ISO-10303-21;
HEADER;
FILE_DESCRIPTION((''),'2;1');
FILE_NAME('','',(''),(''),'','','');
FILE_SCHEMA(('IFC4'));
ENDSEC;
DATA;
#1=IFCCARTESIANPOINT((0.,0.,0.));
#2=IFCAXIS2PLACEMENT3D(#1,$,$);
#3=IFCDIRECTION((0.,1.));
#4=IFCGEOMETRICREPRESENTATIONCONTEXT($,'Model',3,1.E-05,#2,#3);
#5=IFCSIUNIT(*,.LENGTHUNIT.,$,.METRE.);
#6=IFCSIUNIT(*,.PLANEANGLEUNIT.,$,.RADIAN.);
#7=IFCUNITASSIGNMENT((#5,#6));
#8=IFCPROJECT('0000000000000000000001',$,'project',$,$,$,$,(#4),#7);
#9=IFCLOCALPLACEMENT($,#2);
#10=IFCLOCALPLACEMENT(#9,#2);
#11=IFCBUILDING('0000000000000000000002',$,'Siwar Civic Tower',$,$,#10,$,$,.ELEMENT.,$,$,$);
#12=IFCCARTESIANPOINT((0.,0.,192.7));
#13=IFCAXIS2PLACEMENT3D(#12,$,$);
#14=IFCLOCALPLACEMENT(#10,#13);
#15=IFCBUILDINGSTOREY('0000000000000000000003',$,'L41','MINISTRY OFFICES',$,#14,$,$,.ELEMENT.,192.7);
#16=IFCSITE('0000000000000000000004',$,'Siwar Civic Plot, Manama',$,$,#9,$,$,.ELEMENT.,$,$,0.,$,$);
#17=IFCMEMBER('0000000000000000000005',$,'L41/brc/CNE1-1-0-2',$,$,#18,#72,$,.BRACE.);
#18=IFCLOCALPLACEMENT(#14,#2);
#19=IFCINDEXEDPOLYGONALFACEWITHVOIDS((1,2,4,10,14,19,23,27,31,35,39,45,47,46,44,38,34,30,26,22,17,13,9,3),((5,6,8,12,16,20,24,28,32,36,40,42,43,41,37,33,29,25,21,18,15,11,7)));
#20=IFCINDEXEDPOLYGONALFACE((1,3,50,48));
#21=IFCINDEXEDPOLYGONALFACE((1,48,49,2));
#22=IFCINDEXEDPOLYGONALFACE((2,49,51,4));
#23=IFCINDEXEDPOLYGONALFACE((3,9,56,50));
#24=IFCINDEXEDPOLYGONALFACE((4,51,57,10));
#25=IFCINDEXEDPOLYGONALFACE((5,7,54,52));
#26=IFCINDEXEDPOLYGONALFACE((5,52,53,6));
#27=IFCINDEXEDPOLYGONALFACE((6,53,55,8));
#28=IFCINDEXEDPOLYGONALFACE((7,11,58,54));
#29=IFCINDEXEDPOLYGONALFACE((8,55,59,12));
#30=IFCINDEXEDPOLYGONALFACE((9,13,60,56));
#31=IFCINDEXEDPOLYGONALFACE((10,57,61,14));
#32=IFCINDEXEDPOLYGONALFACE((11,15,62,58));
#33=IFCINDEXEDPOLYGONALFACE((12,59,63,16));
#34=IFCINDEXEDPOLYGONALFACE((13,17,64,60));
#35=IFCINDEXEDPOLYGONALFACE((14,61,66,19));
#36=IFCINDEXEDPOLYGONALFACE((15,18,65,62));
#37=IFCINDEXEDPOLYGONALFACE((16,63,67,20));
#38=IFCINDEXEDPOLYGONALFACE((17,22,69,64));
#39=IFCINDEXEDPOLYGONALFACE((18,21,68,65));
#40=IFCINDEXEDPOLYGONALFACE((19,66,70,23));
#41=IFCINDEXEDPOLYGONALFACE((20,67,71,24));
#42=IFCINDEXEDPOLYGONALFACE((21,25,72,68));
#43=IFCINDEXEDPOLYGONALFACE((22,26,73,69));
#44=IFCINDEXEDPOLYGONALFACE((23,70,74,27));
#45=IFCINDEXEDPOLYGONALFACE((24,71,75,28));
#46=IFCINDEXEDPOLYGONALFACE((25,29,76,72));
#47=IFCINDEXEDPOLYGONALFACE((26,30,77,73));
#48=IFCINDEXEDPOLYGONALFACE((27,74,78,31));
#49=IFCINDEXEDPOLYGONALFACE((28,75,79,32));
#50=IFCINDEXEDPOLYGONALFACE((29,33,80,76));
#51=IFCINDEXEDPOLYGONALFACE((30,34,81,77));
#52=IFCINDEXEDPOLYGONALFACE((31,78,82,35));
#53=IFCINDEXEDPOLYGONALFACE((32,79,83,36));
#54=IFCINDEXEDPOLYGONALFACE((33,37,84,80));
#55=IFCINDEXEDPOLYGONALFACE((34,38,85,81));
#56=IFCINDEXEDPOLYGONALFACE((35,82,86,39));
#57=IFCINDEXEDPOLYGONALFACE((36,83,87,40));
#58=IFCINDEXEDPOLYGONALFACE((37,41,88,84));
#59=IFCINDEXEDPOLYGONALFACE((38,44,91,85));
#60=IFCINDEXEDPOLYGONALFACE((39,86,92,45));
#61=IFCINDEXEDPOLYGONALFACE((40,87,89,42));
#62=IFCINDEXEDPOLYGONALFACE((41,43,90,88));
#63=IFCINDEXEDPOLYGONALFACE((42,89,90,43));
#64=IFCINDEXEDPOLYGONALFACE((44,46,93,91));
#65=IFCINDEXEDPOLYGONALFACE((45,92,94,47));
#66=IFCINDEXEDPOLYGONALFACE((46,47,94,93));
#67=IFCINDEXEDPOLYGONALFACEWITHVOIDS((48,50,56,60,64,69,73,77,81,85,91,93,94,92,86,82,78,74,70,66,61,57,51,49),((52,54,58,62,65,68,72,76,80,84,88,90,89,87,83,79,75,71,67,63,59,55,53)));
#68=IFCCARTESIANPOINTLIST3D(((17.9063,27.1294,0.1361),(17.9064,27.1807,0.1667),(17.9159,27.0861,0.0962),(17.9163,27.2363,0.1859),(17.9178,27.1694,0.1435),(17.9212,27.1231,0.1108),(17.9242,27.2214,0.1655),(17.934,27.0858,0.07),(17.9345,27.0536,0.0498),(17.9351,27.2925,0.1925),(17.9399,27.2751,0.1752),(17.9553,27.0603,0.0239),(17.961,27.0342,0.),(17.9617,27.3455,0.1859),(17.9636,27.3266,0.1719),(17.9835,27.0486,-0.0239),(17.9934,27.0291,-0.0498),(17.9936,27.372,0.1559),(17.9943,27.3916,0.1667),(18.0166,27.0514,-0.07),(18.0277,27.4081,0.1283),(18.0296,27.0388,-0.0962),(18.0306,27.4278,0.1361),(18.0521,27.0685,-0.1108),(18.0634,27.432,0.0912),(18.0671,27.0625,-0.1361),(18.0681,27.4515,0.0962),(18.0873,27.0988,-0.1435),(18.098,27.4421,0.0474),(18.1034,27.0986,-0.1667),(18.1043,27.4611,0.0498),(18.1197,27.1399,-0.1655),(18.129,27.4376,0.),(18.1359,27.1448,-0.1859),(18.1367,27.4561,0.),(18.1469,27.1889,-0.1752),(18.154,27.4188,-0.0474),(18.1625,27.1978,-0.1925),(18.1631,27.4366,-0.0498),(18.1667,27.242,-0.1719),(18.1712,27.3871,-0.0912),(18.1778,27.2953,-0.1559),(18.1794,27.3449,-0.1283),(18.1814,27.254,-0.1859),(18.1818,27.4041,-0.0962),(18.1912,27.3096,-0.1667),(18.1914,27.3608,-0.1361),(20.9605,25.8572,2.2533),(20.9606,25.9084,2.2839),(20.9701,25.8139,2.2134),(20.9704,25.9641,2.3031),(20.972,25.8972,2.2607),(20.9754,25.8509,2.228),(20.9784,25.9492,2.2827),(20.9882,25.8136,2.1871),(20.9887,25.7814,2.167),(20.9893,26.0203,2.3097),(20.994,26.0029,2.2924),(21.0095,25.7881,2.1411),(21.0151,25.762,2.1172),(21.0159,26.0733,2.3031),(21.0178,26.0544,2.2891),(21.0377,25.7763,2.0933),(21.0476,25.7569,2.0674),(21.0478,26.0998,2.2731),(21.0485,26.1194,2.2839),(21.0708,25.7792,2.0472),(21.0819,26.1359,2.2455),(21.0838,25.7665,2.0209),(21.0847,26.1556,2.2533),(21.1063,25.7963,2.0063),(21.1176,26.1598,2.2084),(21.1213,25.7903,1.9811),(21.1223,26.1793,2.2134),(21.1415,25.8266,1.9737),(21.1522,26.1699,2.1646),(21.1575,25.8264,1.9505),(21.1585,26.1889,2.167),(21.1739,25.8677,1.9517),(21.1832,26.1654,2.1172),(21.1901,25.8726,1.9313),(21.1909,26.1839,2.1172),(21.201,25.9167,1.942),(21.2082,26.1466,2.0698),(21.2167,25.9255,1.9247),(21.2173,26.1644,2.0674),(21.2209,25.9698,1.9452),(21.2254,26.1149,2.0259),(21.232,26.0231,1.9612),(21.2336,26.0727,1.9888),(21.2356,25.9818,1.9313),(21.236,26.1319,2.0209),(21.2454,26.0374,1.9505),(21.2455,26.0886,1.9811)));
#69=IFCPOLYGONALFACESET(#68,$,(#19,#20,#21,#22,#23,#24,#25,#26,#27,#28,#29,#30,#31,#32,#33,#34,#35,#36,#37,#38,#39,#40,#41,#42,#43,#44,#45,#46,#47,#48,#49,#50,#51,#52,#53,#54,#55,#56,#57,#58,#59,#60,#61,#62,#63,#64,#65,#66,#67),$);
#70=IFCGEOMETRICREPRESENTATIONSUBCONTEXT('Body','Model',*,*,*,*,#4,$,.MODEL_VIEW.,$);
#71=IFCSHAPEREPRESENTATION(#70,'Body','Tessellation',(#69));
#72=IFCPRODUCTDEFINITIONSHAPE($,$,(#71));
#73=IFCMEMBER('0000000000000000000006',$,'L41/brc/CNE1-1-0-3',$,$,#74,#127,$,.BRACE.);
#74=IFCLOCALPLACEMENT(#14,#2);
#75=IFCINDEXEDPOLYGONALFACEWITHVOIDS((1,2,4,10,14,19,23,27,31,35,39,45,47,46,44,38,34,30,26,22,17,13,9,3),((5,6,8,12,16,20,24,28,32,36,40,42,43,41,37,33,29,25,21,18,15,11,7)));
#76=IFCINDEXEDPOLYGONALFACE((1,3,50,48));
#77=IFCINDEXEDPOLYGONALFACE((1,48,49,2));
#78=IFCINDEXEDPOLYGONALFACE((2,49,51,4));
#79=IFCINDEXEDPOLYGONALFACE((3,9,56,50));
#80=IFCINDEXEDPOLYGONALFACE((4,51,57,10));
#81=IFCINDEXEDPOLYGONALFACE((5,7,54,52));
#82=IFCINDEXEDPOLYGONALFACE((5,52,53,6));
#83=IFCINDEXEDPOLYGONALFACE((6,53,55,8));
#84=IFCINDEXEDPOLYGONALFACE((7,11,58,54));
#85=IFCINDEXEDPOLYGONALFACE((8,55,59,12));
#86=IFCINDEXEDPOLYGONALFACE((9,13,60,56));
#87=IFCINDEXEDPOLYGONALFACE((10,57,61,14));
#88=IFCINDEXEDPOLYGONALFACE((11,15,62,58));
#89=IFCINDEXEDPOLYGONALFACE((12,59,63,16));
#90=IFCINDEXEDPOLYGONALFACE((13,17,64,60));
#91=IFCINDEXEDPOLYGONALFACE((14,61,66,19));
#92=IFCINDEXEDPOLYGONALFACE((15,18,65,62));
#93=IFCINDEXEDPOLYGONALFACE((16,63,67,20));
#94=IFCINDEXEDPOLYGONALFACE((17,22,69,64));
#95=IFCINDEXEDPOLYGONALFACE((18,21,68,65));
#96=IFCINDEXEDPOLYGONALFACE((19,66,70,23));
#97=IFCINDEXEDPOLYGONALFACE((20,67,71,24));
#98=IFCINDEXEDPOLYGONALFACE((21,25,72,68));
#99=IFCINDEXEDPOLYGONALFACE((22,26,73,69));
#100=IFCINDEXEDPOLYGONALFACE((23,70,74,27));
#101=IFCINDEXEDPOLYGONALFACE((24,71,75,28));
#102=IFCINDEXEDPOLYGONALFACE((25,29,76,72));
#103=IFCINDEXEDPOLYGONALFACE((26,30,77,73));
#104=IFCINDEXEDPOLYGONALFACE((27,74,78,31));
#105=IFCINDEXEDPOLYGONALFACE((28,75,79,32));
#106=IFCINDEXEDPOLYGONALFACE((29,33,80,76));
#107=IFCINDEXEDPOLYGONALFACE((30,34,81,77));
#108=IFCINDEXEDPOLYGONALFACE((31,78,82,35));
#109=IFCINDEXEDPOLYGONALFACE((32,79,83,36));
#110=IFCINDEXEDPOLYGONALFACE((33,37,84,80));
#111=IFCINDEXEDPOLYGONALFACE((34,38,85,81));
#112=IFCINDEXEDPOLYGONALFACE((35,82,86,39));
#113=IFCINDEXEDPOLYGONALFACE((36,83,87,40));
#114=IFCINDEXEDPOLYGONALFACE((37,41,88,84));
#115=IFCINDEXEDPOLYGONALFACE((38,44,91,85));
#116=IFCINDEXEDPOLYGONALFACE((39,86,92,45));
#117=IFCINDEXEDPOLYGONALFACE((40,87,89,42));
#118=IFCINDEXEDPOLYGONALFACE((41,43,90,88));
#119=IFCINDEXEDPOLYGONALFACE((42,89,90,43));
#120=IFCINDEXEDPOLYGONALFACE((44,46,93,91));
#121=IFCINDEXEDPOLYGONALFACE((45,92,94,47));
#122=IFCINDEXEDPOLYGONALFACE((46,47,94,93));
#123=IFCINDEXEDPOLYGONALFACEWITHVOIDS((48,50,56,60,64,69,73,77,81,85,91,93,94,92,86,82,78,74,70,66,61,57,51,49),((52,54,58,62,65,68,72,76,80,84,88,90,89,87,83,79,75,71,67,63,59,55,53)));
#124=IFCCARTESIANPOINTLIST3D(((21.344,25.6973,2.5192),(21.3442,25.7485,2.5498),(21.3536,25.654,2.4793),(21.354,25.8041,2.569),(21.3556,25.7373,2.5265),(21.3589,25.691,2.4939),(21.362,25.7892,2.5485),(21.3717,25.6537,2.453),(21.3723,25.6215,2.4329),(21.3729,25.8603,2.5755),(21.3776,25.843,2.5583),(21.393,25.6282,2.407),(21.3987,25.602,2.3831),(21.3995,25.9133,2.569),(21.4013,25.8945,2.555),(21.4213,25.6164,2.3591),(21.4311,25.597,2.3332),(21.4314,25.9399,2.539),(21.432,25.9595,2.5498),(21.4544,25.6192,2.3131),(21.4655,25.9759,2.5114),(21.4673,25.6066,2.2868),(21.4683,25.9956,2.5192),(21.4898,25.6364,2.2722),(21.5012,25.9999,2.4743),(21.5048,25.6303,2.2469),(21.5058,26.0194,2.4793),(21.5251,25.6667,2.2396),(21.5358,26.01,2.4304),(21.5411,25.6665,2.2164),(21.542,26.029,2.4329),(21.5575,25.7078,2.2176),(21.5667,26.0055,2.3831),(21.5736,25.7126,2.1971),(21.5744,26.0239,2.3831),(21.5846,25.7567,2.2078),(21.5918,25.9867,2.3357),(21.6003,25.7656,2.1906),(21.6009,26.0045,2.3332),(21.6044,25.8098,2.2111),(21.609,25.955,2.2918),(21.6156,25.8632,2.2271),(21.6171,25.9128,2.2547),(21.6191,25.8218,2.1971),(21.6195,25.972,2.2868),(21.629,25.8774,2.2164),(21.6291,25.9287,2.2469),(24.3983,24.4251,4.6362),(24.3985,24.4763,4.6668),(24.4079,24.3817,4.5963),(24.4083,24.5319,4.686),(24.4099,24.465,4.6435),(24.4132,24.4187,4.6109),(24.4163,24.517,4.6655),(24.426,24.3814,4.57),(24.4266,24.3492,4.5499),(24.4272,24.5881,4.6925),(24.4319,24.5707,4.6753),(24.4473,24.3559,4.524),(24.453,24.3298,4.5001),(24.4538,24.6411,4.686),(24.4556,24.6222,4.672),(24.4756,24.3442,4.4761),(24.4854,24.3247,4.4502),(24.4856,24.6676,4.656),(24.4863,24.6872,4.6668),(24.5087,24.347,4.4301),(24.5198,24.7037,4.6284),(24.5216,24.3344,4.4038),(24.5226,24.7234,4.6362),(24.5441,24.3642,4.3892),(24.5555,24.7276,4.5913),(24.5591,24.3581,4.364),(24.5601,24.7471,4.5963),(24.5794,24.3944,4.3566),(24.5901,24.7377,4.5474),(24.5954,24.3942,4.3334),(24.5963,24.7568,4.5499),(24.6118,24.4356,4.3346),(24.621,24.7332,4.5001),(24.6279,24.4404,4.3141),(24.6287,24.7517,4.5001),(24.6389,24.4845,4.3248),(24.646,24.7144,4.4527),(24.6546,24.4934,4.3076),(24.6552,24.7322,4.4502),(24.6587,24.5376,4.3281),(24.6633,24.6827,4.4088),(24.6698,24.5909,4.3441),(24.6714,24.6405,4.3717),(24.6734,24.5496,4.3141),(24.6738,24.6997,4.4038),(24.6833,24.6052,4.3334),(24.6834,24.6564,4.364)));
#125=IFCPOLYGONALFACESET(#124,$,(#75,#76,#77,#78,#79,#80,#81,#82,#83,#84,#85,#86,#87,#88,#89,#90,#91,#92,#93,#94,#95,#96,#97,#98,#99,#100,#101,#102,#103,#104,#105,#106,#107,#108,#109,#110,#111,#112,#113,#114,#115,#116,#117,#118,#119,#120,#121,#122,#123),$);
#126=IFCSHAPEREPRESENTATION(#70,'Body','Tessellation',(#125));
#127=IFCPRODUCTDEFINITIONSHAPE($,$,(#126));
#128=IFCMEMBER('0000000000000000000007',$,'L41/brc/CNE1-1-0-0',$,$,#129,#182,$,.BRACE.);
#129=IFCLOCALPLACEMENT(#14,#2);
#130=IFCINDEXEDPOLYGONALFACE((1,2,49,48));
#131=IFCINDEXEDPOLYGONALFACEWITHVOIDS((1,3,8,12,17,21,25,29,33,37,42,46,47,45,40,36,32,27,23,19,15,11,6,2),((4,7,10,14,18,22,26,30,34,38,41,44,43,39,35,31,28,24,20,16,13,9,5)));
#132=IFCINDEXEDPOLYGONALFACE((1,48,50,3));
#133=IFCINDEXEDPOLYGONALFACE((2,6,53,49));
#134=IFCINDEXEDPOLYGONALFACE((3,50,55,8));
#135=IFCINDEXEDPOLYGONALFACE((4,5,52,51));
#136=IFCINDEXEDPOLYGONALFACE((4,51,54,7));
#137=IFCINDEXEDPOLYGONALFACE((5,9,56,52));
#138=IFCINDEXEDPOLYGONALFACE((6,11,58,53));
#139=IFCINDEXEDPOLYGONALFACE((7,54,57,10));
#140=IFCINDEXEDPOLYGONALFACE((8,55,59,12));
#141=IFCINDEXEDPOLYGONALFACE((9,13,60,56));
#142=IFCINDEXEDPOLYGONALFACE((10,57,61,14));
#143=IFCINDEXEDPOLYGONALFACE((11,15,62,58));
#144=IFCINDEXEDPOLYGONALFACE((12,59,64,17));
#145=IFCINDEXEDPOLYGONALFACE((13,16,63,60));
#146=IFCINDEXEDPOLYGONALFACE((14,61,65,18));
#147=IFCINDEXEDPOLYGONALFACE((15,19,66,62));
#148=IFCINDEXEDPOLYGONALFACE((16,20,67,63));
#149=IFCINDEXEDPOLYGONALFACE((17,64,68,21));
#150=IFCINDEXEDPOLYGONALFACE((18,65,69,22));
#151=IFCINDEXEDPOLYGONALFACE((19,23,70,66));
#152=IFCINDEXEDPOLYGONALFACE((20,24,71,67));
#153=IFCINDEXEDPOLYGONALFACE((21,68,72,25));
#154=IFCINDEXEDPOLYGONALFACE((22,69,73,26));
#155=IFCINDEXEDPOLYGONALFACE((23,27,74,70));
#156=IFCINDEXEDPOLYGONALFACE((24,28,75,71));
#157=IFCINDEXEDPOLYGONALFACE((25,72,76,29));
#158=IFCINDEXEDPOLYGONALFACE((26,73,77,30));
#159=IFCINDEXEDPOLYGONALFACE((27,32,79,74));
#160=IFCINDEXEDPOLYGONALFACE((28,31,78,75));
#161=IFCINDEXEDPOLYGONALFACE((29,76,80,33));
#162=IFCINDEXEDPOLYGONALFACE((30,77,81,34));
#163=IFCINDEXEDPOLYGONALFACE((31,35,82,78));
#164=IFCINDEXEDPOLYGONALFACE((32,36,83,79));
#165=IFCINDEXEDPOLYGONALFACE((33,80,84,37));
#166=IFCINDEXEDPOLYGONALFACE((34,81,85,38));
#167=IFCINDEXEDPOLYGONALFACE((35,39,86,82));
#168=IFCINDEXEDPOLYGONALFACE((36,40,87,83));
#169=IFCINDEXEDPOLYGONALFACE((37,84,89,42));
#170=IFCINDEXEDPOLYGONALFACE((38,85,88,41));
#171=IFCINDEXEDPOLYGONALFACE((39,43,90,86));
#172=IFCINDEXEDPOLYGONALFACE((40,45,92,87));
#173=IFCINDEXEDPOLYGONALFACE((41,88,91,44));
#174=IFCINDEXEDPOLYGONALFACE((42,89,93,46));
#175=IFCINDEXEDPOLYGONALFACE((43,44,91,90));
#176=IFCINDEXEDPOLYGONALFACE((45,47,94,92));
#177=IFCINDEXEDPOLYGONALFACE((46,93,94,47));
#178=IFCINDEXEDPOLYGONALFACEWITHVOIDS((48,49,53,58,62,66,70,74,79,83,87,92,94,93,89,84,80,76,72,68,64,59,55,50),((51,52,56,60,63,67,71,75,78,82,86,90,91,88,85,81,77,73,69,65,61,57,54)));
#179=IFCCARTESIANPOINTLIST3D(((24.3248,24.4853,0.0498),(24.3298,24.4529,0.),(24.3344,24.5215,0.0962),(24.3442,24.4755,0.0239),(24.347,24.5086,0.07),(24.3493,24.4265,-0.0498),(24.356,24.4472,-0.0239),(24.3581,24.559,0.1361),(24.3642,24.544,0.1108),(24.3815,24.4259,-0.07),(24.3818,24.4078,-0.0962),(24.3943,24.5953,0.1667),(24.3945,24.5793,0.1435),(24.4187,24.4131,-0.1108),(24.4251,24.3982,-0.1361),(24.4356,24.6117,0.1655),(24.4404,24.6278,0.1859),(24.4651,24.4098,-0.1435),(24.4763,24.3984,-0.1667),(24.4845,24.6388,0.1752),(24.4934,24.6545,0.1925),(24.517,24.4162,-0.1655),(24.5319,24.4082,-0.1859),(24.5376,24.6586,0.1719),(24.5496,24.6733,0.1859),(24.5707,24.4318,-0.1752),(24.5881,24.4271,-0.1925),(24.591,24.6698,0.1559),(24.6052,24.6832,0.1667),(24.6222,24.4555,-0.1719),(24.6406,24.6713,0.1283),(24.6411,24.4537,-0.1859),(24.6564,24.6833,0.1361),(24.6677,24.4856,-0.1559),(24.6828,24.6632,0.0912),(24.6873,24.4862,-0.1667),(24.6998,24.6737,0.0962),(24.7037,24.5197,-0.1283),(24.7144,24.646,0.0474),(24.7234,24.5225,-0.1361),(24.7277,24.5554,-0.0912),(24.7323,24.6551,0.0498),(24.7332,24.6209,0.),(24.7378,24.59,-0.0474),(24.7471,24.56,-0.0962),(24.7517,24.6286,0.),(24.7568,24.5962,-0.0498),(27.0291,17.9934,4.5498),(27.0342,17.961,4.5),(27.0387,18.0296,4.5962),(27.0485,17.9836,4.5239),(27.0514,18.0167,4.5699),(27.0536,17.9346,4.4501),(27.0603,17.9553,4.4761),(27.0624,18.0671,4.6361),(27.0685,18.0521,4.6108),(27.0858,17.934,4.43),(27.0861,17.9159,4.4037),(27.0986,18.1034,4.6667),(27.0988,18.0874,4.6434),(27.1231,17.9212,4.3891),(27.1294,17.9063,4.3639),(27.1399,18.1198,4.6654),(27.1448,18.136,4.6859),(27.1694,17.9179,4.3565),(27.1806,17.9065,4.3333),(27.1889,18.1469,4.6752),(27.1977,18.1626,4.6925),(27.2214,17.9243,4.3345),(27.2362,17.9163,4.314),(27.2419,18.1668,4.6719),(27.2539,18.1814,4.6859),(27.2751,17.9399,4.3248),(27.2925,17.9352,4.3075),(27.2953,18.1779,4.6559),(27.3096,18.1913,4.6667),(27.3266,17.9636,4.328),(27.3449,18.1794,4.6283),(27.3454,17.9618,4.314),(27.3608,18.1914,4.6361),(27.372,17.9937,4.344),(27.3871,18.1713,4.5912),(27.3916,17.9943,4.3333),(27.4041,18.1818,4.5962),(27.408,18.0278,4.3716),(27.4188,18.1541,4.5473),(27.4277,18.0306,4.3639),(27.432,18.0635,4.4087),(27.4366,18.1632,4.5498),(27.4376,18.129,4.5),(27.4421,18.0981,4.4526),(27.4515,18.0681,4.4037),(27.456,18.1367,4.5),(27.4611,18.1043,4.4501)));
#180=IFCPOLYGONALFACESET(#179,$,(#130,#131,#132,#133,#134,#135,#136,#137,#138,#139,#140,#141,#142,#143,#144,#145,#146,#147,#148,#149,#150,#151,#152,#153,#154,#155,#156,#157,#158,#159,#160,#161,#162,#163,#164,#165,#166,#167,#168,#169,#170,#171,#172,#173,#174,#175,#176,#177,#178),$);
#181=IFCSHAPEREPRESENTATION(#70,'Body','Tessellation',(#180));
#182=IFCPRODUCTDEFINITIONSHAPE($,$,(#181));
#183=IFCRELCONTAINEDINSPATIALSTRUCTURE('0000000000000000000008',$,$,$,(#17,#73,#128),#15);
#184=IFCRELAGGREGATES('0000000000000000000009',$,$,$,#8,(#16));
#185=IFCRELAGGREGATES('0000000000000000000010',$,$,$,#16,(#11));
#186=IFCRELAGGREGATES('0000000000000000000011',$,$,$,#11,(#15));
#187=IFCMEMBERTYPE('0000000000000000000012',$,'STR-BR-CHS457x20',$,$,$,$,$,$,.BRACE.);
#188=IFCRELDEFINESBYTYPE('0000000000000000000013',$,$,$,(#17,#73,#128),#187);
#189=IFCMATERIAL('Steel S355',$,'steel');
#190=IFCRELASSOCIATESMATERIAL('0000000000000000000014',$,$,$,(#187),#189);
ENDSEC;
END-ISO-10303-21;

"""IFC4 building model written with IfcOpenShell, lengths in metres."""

from ifc_helpers import new_model, si_unit, direction, frame, origin, origin_2d, place, context, subcontext, project, spatial, hollow_circle, extrude, material, material_profile, profile_set, type_object, element, save


model = new_model("IFC4")

# Units and contexts
model_context = context("Model", 3, precision=1e-05, world=origin(), true_north=direction((0.0, 1.0)))
body_context = subcontext(model_context, "Body", "Model", "MODEL_VIEW")
ifc_project = project(units=[si_unit("LENGTHUNIT", "METRE"), si_unit("PLANEANGLEUNIT", "RADIAN")], contexts=[model_context])

# Site, building, storey
site_placement = place(None, origin())
site = spatial("IfcSite", under=ifc_project, at=site_placement, Name="Siwar Civic Plot, Manama", CompositionType="ELEMENT", RefElevation=0.0)
building_placement = place(site_placement, origin())
building = spatial("IfcBuilding", under=site, at=building_placement, Name="Siwar Civic Tower", CompositionType="ELEMENT")
storey_placement = place(building_placement, frame((0.0, 0.0, 192.7)))
storey = spatial("IfcBuildingStorey", under=building, at=storey_placement, Name="L41", Description="MINISTRY OFFICES", CompositionType="ELEMENT", Elevation=192.7)

# Members
ifc_material_1 = material(Name="Steel S355", Category="steel")
ifc_material_profile_1 = material_profile(ifc_material_1, hollow_circle(Radius=0.2285, WallThickness=0.02, at=origin_2d()), Name="CHS457x20")
ifc_profile_set_1 = profile_set([ifc_material_profile_1], Name="Steel S355")
member_type_1 = type_object("IfcMemberType", Name="STR-BR-CHS457x20", PredefinedType="BRACE", material=ifc_profile_set_1)
for number, where, z_axis, x_axis, name in (
    (1, (18.0488, 27.2451, 0.0), (0.777546, -0.323884, 0.538999), (0.384521, 0.923116, 0.0), "L41/brc/CNE1-1-0-2"),
    (2, (21.4866, 25.813, 2.3831), (0.777572, -0.323895, 0.538955), (0.384521, 0.923116, 0.0), "L41/brc/CNE1-1-0-3"),
):
    element("IfcMember", number, at=place(storey_placement, frame(where, z_axis=z_axis, x_axis=x_axis)), inside=storey, type_object=member_type_1, Name=name, PredefinedType="BRACE", context=body_context, shape_type="SweptSolid", body=[
        extrude(hollow_circle(Radius=0.2285, WallThickness=0.02, at=origin_2d()), origin(), (0.0, 0.0, 1.0), 3.928),
    ])
member_1_placement = place(storey_placement, frame((24.5408, 24.5408, 0.0), z_axis=(0.323906, -0.777555, 0.538975), x_axis=(0.923109, 0.384539, 0.0)))
element("IfcMember", 3, at=member_1_placement, inside=storey, type_object=member_type_1, Name="L41/brc/CNE1-1-0-0", PredefinedType="BRACE", context=body_context, shape_type="SweptSolid", body=[
    extrude(hollow_circle(Radius=0.2285, WallThickness=0.02, at=origin_2d()), origin(), (0.0, 0.0, 1.0), 8.3491),
])

save(model, "model.ifc")
